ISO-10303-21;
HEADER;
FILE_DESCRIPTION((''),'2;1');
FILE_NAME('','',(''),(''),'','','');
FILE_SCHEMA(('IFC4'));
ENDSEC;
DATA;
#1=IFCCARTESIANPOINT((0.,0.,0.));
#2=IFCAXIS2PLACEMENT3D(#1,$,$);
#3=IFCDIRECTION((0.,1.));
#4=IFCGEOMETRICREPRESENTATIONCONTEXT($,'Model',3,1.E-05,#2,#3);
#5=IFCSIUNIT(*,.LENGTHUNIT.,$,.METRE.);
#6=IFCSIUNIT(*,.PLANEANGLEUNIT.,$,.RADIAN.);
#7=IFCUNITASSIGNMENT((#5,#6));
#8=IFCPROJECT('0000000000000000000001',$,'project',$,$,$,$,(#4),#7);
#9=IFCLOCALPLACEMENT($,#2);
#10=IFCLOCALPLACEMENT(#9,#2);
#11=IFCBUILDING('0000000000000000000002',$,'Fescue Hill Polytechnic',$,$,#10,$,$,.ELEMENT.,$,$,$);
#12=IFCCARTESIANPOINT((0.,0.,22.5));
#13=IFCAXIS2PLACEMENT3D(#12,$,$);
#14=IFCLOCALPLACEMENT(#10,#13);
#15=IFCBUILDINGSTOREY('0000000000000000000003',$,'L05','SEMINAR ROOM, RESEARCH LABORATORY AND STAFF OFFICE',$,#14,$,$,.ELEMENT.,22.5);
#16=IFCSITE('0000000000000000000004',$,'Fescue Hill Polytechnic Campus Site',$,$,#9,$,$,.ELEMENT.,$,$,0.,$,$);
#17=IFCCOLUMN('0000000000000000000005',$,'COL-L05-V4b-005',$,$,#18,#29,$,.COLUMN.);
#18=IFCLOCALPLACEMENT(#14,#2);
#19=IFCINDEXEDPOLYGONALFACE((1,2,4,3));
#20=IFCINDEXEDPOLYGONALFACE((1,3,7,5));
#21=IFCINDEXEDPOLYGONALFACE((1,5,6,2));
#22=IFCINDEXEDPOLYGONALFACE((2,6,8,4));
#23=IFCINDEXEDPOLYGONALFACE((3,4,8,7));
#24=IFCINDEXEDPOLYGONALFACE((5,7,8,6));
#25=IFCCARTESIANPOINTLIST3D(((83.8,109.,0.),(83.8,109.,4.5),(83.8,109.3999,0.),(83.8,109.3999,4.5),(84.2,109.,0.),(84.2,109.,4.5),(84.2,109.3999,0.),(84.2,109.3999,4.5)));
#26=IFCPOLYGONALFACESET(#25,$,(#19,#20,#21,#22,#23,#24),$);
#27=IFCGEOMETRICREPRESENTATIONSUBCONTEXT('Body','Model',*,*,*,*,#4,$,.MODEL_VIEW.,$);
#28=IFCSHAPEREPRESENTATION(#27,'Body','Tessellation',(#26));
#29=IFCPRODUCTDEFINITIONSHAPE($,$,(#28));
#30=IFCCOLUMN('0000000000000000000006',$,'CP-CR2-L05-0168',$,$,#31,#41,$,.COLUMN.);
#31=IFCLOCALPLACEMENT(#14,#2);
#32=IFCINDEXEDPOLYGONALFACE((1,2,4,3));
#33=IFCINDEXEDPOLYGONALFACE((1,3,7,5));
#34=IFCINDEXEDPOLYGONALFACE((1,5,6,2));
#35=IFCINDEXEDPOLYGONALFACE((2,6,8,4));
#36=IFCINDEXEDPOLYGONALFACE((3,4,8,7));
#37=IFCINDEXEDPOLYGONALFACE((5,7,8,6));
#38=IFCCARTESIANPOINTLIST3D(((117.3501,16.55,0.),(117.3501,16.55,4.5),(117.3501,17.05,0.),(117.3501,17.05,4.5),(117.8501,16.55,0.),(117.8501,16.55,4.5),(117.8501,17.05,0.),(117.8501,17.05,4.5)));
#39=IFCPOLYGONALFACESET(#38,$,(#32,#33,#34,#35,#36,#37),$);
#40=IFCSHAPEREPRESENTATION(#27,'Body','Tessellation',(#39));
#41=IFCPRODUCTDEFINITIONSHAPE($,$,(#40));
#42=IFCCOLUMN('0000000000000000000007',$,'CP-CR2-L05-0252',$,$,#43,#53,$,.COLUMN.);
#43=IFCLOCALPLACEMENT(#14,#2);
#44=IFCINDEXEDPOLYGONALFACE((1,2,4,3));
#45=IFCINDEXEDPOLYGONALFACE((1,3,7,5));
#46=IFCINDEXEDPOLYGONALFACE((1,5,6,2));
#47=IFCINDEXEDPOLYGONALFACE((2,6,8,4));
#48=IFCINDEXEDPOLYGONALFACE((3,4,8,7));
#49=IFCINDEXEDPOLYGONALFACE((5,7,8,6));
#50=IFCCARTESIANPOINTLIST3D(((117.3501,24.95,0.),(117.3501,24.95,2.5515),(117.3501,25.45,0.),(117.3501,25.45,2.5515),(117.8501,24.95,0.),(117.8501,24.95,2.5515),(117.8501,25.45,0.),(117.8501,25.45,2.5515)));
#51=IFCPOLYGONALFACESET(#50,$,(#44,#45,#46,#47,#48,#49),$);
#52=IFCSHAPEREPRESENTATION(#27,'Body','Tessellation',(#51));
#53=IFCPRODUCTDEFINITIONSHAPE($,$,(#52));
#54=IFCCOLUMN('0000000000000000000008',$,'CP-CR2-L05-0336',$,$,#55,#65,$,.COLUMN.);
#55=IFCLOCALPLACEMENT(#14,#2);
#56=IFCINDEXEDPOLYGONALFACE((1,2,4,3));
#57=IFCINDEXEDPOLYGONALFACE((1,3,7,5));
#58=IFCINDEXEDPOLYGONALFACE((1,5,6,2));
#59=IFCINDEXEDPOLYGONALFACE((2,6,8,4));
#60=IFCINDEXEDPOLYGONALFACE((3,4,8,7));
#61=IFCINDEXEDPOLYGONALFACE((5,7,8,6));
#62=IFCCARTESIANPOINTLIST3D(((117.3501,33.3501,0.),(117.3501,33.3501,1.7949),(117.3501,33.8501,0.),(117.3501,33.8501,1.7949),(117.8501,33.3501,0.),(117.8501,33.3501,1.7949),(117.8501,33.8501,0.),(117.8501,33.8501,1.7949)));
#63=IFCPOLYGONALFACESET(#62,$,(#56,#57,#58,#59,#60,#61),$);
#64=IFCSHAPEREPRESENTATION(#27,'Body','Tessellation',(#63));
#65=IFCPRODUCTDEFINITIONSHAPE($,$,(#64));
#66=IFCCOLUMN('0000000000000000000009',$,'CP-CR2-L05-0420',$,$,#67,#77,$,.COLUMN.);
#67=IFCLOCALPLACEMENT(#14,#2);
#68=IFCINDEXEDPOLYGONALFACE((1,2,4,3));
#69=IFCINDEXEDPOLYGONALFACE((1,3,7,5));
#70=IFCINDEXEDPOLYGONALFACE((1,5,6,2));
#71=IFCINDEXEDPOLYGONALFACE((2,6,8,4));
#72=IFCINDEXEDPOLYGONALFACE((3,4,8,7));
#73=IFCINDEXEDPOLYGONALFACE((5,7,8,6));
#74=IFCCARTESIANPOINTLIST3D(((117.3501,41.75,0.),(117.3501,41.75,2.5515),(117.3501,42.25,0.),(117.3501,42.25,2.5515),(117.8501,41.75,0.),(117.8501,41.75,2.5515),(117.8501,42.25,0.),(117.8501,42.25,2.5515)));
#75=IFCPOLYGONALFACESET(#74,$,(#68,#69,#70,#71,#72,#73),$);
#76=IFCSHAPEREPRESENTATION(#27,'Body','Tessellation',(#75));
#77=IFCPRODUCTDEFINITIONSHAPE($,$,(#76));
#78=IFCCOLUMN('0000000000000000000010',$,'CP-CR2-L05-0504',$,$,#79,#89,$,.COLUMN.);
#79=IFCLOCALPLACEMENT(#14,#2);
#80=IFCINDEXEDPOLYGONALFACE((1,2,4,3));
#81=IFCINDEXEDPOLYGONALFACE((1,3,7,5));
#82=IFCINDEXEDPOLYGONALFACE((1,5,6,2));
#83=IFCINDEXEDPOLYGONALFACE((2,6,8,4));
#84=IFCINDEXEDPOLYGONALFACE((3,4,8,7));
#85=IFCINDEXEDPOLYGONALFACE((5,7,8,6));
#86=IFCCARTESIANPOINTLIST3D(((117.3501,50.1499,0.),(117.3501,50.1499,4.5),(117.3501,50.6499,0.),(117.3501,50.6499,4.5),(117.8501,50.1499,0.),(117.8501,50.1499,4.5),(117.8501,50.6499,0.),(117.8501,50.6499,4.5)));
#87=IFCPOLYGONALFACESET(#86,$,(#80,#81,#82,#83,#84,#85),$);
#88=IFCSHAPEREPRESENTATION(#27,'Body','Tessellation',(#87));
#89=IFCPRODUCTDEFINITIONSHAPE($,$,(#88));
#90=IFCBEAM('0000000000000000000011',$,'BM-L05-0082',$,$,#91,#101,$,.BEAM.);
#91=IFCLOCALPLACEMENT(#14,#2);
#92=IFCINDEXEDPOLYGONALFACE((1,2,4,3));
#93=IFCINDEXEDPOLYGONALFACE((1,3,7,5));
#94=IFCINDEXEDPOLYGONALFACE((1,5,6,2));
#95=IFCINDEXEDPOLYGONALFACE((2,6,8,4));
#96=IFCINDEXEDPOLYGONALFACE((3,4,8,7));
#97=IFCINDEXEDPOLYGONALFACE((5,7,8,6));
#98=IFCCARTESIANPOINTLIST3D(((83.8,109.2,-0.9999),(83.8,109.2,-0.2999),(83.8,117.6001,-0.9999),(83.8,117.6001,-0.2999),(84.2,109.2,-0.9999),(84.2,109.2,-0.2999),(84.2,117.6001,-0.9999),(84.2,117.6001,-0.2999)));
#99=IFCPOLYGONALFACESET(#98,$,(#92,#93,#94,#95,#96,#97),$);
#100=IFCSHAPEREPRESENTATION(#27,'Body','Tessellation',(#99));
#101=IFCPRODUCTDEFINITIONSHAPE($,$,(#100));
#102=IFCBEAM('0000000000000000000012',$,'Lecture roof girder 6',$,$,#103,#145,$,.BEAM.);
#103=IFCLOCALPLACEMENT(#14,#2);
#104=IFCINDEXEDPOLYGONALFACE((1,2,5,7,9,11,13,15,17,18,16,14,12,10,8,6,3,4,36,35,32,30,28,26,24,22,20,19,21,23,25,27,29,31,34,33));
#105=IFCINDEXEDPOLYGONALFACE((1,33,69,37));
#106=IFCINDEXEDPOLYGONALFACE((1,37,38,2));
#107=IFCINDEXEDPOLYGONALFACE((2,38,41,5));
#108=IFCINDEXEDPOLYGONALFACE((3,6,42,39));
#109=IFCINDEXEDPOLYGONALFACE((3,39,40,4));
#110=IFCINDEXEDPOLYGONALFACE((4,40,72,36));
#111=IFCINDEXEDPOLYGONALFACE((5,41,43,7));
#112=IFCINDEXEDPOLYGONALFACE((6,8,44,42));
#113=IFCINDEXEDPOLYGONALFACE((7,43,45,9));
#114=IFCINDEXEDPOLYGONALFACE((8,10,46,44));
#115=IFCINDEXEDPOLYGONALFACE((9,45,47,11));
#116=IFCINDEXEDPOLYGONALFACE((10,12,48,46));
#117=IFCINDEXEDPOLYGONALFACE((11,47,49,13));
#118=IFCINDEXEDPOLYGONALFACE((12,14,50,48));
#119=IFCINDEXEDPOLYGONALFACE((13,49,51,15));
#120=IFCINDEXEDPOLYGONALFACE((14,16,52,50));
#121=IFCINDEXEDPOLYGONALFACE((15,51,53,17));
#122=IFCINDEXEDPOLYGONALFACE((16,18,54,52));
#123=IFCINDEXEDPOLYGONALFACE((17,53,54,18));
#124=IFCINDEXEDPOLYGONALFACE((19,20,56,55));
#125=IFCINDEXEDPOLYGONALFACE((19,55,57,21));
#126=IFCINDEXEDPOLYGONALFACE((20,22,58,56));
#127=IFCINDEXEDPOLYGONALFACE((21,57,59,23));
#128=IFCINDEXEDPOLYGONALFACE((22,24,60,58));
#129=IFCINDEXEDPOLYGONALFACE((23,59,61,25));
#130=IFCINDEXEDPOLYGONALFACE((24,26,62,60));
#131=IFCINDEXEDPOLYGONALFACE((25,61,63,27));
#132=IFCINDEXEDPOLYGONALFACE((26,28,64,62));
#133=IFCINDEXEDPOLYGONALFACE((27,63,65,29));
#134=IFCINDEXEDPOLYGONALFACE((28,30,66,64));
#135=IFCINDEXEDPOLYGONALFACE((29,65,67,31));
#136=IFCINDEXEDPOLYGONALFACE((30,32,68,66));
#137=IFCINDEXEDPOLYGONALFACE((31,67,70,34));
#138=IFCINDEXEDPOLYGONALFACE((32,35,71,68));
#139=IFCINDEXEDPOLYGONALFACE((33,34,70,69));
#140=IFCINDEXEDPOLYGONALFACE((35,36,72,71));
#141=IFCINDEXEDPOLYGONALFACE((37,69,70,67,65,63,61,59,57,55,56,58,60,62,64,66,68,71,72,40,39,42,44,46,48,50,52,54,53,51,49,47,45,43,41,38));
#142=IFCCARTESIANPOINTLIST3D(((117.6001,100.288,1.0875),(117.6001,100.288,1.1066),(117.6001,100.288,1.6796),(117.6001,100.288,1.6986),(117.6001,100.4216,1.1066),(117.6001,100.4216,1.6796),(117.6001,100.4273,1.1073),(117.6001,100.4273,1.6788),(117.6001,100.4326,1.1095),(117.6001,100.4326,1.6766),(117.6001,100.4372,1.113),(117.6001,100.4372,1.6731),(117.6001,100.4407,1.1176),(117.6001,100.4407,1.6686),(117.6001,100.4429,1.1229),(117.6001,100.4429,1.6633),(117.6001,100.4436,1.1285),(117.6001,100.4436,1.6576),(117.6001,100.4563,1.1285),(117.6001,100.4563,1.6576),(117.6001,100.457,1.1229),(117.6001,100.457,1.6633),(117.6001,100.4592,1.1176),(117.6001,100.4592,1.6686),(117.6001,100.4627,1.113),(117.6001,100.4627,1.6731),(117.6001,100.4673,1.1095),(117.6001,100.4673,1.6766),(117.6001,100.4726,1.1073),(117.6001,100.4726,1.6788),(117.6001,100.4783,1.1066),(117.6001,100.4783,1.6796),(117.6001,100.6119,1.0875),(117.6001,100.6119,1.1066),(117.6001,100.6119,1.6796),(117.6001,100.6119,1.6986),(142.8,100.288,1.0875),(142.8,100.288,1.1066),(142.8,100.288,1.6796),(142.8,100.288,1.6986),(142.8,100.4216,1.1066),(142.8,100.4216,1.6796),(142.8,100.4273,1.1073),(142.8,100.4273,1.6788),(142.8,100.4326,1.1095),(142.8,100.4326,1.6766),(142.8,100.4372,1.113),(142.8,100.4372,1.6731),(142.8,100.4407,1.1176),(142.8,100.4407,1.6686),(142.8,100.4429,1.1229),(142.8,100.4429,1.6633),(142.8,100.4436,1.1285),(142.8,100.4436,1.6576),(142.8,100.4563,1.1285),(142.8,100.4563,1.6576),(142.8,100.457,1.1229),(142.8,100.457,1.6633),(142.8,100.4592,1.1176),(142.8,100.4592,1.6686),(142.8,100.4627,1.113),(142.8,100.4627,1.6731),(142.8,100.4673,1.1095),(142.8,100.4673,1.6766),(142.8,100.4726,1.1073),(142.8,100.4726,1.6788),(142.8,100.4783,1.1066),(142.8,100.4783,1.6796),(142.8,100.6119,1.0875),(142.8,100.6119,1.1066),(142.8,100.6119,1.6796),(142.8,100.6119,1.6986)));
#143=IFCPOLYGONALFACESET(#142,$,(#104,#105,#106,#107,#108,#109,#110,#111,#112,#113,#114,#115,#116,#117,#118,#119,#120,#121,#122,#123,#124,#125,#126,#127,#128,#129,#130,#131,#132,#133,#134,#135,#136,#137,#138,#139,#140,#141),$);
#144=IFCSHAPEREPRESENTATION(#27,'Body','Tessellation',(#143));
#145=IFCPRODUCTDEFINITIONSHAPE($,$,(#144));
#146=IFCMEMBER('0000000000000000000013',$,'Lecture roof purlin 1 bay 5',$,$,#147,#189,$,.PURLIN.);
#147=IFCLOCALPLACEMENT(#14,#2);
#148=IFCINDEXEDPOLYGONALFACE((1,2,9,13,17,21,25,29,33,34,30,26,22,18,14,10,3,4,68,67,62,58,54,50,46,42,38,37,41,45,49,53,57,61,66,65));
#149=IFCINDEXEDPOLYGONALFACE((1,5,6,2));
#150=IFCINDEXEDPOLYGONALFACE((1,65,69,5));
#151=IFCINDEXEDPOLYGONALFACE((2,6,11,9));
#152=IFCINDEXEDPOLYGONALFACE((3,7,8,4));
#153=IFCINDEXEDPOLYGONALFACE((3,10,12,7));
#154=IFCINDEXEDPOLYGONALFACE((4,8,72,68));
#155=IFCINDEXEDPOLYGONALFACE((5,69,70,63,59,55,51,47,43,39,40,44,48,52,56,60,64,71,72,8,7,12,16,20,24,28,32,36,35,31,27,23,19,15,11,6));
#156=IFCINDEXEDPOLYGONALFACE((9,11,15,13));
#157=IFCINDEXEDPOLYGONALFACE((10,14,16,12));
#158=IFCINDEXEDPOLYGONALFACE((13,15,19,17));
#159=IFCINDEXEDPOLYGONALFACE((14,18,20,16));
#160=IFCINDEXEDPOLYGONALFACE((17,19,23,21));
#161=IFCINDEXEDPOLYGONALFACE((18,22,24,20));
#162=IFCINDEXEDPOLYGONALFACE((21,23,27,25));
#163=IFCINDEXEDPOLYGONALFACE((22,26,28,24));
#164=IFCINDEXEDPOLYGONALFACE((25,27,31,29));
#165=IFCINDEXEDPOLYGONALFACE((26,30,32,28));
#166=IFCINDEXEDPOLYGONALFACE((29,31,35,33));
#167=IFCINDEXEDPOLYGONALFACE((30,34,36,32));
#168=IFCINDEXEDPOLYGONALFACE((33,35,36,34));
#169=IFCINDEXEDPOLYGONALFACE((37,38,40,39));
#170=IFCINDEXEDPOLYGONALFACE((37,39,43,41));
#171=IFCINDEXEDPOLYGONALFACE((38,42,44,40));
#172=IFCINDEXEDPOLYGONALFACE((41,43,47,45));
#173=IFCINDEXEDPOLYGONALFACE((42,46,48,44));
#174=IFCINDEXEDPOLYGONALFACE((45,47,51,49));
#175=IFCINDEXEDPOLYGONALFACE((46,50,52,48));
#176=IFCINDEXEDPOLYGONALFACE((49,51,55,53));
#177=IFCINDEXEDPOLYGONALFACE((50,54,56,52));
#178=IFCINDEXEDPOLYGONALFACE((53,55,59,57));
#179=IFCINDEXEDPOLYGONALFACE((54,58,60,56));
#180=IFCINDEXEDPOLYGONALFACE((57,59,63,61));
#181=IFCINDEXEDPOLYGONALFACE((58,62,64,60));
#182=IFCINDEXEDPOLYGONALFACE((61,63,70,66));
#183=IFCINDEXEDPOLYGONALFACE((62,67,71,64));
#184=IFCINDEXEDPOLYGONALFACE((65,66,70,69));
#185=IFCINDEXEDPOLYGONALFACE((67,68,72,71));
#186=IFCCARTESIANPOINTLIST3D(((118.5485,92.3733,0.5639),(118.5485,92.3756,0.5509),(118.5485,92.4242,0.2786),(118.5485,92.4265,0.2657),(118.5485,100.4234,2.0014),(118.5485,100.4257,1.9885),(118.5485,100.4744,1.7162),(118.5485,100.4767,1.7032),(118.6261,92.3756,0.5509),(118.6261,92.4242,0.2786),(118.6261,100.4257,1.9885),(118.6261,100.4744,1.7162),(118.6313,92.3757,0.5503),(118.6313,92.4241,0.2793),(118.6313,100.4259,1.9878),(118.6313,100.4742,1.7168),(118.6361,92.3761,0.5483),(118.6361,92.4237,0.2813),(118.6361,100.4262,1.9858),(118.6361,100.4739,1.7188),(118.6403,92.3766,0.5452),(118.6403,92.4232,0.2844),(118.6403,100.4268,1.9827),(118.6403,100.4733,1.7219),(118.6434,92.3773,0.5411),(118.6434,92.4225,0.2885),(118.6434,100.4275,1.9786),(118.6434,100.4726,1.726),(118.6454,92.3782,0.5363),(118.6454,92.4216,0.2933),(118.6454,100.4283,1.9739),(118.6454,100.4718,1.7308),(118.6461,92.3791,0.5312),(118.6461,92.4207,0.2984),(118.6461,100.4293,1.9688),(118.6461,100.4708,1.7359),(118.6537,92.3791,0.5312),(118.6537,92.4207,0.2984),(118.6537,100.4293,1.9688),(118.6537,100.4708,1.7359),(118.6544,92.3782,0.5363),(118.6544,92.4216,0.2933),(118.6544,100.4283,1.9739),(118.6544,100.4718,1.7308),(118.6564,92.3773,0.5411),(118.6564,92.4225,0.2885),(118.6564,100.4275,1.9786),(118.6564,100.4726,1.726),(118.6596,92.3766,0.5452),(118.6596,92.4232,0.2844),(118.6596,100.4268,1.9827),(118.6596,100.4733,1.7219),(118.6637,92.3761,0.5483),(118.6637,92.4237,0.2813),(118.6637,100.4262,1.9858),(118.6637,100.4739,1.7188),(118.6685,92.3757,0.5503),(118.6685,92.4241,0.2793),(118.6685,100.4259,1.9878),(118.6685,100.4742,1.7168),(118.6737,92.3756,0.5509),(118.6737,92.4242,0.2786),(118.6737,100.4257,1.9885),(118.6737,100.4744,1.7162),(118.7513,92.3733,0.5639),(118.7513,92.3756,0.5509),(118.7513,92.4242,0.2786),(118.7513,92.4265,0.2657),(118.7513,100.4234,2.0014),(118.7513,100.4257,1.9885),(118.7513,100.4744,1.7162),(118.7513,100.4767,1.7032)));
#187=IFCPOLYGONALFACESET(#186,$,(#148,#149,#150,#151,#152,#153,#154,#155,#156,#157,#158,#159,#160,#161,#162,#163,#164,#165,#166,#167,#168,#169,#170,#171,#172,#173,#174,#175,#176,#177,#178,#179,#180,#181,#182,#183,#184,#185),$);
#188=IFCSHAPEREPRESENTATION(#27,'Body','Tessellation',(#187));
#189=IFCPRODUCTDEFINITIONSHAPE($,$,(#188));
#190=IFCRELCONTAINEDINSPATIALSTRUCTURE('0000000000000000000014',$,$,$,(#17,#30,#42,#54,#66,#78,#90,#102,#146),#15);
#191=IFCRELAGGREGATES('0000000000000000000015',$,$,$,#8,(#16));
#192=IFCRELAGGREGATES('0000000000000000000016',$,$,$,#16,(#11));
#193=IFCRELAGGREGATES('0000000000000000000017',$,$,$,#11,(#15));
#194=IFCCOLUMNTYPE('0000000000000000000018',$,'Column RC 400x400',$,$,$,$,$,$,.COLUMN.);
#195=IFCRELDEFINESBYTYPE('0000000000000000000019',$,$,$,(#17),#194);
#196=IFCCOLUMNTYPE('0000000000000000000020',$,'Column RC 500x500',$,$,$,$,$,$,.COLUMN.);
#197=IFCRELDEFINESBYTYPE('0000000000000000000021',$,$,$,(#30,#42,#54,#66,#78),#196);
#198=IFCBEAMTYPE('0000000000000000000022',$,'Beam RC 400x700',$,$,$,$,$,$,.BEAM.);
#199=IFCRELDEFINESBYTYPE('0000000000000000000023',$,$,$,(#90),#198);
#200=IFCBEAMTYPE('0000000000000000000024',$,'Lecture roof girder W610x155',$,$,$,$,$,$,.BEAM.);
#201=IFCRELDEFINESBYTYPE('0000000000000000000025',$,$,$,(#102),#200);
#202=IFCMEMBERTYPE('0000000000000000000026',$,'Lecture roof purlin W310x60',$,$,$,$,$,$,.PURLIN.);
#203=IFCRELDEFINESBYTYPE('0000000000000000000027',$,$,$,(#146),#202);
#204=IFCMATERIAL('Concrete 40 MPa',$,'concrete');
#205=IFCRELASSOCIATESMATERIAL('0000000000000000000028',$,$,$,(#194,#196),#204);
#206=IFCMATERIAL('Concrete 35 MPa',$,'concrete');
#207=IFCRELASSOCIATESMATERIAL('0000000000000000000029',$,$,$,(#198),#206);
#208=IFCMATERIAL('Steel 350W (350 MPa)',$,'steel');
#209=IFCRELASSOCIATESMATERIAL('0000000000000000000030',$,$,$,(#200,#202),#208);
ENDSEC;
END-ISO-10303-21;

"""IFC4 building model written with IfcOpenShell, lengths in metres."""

from ifc_helpers import new_model, si_unit, direction, frame, origin, origin_2d, place, context, subcontext, project, spatial, rectangle, i_section, extrude, material, material_profile, profile_set, type_object, element, save


model = new_model("IFC4")

# Units and contexts
model_context = context("Model", 3, precision=1e-05, world=origin(), true_north=direction((0.0, 1.0)))
body_context = subcontext(model_context, "Body", "Model", "MODEL_VIEW")
ifc_project = project(units=[si_unit("LENGTHUNIT", "METRE"), si_unit("PLANEANGLEUNIT", "RADIAN")], contexts=[model_context])

# Site, building, storey
site_placement = place(None, origin())
site = spatial("IfcSite", under=ifc_project, at=site_placement, Name="Fescue Hill Polytechnic Campus Site", CompositionType="ELEMENT", RefElevation=0.0)
building_placement = place(site_placement, origin())
building = spatial("IfcBuilding", under=site, at=building_placement, Name="Fescue Hill Polytechnic", CompositionType="ELEMENT")
storey_placement = place(building_placement, frame((0.0, 0.0, 22.5)))
storey = spatial("IfcBuildingStorey", under=building, at=storey_placement, Name="L05", Description="SEMINAR ROOM, RESEARCH LABORATORY AND STAFF OFFICE", CompositionType="ELEMENT", Elevation=22.5)

# Columns
ifc_material_1 = material(Name="Concrete 40 MPa", Category="concrete")
ifc_material_profile_1 = material_profile(ifc_material_1, rectangle(XDim=0.3999, YDim=0.3999, at=origin_2d()), Name="RC 400x400")
ifc_profile_set_1 = profile_set([ifc_material_profile_1], Name="Concrete 40 MPa")
column_type_1 = type_object("IfcColumnType", Name="Column RC 400x400", PredefinedType="COLUMN", material=ifc_profile_set_1)
column_1_placement = place(storey_placement, frame((84.0, 109.2, 0.0), z_axis=(0.0, 0.0, 1.0), x_axis=(1.0, 0.0, 0.0)))
element("IfcColumn", 1, at=column_1_placement, inside=storey, type_object=column_type_1, Name="COL-L05-V4b-005", PredefinedType="COLUMN", context=body_context, shape_type="SweptSolid", body=[
    extrude(rectangle(XDim=0.3999, YDim=0.3999, at=origin_2d()), origin(), (0.0, 0.0, 1.0), 4.5),
])
ifc_material_profile_2 = material_profile(ifc_material_1, rectangle(XDim=0.5, YDim=0.5, at=origin_2d()), Name="RC 500x500")
ifc_profile_set_2 = profile_set([ifc_material_profile_2], Name="Concrete 40 MPa")
column_type_2 = type_object("IfcColumnType", Name="Column RC 500x500", PredefinedType="COLUMN", material=ifc_profile_set_2)
column_2_placement = place(storey_placement, frame((117.6001, 16.8, 0.0), z_axis=(0.0, 0.0, 1.0), x_axis=(1.0, 0.0, 0.0)))
element("IfcColumn", 2, at=column_2_placement, inside=storey, type_object=column_type_2, Name="CP-CR2-L05-0168", PredefinedType="COLUMN", context=body_context, shape_type="SweptSolid", body=[
    extrude(rectangle(XDim=0.5, YDim=0.5, at=origin_2d()), origin(), (0.0, 0.0, 1.0), 4.5),
])
column_3_placement = place(storey_placement, frame((117.6001, 25.2, 0.0), z_axis=(0.0, 0.0, 1.0), x_axis=(1.0, 0.0, 0.0)))
element("IfcColumn", 3, at=column_3_placement, inside=storey, type_object=column_type_2, Name="CP-CR2-L05-0252", PredefinedType="COLUMN", context=body_context, shape_type="SweptSolid", body=[
    extrude(rectangle(XDim=0.5, YDim=0.5, at=origin_2d()), origin(), (0.0, 0.0, 1.0), 2.5515),
])
column_4_placement = place(storey_placement, frame((117.6001, 33.6001, 0.0), z_axis=(0.0, 0.0, 1.0), x_axis=(1.0, 0.0, 0.0)))
element("IfcColumn", 4, at=column_4_placement, inside=storey, type_object=column_type_2, Name="CP-CR2-L05-0336", PredefinedType="COLUMN", context=body_context, shape_type="SweptSolid", body=[
    extrude(rectangle(XDim=0.5, YDim=0.5, at=origin_2d()), origin(), (0.0, 0.0, 1.0), 1.7949),
])
column_5_placement = place(storey_placement, frame((117.6001, 42.0, 0.0), z_axis=(0.0, 0.0, 1.0), x_axis=(1.0, 0.0, 0.0)))
element("IfcColumn", 5, at=column_5_placement, inside=storey, type_object=column_type_2, Name="CP-CR2-L05-0420", PredefinedType="COLUMN", context=body_context, shape_type="SweptSolid", body=[
    extrude(rectangle(XDim=0.5, YDim=0.5, at=origin_2d()), origin(), (0.0, 0.0, 1.0), 2.5515),
])
column_6_placement = place(storey_placement, frame((117.6001, 50.3999, 0.0), z_axis=(0.0, 0.0, 1.0), x_axis=(1.0, 0.0, 0.0)))
element("IfcColumn", 6, at=column_6_placement, inside=storey, type_object=column_type_2, Name="CP-CR2-L05-0504", PredefinedType="COLUMN", context=body_context, shape_type="SweptSolid", body=[
    extrude(rectangle(XDim=0.5, YDim=0.5, at=origin_2d()), origin(), (0.0, 0.0, 1.0), 4.5),
])

# Beams
ifc_material_2 = material(Name="Concrete 35 MPa", Category="concrete")
ifc_material_profile_3 = material_profile(ifc_material_2, rectangle(XDim=0.3999, YDim=0.7, at=origin_2d()), Name="RC 400x700")
ifc_profile_set_3 = profile_set([ifc_material_profile_3], Name="Concrete 35 MPa")
beam_type_1 = type_object("IfcBeamType", Name="Beam RC 400x700", PredefinedType="BEAM", material=ifc_profile_set_3)
beam_1_placement = place(storey_placement, frame((84.0, 109.2, -0.6499), z_axis=(0.0, 1.0, 0.0), x_axis=(-1.0, 0.0, 0.0)))
element("IfcBeam", 7, at=beam_1_placement, inside=storey, type_object=beam_type_1, Name="BM-L05-0082", PredefinedType="BEAM", context=body_context, shape_type="SweptSolid", body=[
    extrude(rectangle(XDim=0.3999, YDim=0.7, at=origin_2d()), origin(), (0.0, 0.0, 1.0), 8.4001),
])
ifc_material_3 = material(Name="Steel 350W (350 MPa)", Category="steel")
ifc_material_profile_4 = material_profile(ifc_material_3, i_section(OverallWidth=0.324, OverallDepth=0.6111, WebThickness=0.0127, FlangeThickness=0.019, FilletRadius=0.022, at=origin_2d()), Name="W610x155")
ifc_profile_set_4 = profile_set([ifc_material_profile_4], Name="Steel 350W (350 MPa)")
beam_type_2 = type_object("IfcBeamType", Name="Lecture roof girder W610x155", PredefinedType="BEAM", material=ifc_profile_set_4)
beam_2_placement = place(storey_placement, frame((117.6001, 100.45, 1.3931), z_axis=(1.0, 0.0, 0.0), x_axis=(0.0, 1.0, 0.0)))
element("IfcBeam", 8, at=beam_2_placement, inside=storey, type_object=beam_type_2, Name="Lecture roof girder 6", PredefinedType="BEAM", context=body_context, shape_type="SweptSolid", body=[
    extrude(i_section(OverallWidth=0.324, OverallDepth=0.6111, WebThickness=0.0127, FlangeThickness=0.019, FilletRadius=0.022, at=origin_2d()), origin(), (0.0, 0.0, 1.0), 25.2),
])

# Member
ifc_material_profile_5 = material_profile(ifc_material_3, i_section(OverallWidth=0.2029, OverallDepth=0.303, WebThickness=0.0076, FlangeThickness=0.0132, FilletRadius=0.02, at=origin_2d()), Name="W310x60")
ifc_profile_set_5 = profile_set([ifc_material_profile_5], Name="Steel 350W (350 MPa)")
member_type = type_object("IfcMemberType", Name="Lecture roof purlin W310x60", PredefinedType="PURLIN", material=ifc_profile_set_5)
for number, where, z_axis, x_axis, name in (
    (9, (118.6499, 92.3999, 0.4148), (0.0, 0.984428, 0.17579), (-1.0, 0.0, 0.0), "Lecture roof purlin 1 bay 5"),
):
    element("IfcMember", number, at=place(storey_placement, frame(where, z_axis=z_axis, x_axis=x_axis)), inside=storey, type_object=member_type, Name=name, PredefinedType="PURLIN", context=body_context, shape_type="SweptSolid", body=[
        extrude(i_section(OverallWidth=0.2029, OverallDepth=0.303, WebThickness=0.0076, FlangeThickness=0.0132, FilletRadius=0.02, at=origin_2d()), origin(), (0.0, 0.0, 1.0), 8.1775),
    ])

save(model, "model.ifc")
